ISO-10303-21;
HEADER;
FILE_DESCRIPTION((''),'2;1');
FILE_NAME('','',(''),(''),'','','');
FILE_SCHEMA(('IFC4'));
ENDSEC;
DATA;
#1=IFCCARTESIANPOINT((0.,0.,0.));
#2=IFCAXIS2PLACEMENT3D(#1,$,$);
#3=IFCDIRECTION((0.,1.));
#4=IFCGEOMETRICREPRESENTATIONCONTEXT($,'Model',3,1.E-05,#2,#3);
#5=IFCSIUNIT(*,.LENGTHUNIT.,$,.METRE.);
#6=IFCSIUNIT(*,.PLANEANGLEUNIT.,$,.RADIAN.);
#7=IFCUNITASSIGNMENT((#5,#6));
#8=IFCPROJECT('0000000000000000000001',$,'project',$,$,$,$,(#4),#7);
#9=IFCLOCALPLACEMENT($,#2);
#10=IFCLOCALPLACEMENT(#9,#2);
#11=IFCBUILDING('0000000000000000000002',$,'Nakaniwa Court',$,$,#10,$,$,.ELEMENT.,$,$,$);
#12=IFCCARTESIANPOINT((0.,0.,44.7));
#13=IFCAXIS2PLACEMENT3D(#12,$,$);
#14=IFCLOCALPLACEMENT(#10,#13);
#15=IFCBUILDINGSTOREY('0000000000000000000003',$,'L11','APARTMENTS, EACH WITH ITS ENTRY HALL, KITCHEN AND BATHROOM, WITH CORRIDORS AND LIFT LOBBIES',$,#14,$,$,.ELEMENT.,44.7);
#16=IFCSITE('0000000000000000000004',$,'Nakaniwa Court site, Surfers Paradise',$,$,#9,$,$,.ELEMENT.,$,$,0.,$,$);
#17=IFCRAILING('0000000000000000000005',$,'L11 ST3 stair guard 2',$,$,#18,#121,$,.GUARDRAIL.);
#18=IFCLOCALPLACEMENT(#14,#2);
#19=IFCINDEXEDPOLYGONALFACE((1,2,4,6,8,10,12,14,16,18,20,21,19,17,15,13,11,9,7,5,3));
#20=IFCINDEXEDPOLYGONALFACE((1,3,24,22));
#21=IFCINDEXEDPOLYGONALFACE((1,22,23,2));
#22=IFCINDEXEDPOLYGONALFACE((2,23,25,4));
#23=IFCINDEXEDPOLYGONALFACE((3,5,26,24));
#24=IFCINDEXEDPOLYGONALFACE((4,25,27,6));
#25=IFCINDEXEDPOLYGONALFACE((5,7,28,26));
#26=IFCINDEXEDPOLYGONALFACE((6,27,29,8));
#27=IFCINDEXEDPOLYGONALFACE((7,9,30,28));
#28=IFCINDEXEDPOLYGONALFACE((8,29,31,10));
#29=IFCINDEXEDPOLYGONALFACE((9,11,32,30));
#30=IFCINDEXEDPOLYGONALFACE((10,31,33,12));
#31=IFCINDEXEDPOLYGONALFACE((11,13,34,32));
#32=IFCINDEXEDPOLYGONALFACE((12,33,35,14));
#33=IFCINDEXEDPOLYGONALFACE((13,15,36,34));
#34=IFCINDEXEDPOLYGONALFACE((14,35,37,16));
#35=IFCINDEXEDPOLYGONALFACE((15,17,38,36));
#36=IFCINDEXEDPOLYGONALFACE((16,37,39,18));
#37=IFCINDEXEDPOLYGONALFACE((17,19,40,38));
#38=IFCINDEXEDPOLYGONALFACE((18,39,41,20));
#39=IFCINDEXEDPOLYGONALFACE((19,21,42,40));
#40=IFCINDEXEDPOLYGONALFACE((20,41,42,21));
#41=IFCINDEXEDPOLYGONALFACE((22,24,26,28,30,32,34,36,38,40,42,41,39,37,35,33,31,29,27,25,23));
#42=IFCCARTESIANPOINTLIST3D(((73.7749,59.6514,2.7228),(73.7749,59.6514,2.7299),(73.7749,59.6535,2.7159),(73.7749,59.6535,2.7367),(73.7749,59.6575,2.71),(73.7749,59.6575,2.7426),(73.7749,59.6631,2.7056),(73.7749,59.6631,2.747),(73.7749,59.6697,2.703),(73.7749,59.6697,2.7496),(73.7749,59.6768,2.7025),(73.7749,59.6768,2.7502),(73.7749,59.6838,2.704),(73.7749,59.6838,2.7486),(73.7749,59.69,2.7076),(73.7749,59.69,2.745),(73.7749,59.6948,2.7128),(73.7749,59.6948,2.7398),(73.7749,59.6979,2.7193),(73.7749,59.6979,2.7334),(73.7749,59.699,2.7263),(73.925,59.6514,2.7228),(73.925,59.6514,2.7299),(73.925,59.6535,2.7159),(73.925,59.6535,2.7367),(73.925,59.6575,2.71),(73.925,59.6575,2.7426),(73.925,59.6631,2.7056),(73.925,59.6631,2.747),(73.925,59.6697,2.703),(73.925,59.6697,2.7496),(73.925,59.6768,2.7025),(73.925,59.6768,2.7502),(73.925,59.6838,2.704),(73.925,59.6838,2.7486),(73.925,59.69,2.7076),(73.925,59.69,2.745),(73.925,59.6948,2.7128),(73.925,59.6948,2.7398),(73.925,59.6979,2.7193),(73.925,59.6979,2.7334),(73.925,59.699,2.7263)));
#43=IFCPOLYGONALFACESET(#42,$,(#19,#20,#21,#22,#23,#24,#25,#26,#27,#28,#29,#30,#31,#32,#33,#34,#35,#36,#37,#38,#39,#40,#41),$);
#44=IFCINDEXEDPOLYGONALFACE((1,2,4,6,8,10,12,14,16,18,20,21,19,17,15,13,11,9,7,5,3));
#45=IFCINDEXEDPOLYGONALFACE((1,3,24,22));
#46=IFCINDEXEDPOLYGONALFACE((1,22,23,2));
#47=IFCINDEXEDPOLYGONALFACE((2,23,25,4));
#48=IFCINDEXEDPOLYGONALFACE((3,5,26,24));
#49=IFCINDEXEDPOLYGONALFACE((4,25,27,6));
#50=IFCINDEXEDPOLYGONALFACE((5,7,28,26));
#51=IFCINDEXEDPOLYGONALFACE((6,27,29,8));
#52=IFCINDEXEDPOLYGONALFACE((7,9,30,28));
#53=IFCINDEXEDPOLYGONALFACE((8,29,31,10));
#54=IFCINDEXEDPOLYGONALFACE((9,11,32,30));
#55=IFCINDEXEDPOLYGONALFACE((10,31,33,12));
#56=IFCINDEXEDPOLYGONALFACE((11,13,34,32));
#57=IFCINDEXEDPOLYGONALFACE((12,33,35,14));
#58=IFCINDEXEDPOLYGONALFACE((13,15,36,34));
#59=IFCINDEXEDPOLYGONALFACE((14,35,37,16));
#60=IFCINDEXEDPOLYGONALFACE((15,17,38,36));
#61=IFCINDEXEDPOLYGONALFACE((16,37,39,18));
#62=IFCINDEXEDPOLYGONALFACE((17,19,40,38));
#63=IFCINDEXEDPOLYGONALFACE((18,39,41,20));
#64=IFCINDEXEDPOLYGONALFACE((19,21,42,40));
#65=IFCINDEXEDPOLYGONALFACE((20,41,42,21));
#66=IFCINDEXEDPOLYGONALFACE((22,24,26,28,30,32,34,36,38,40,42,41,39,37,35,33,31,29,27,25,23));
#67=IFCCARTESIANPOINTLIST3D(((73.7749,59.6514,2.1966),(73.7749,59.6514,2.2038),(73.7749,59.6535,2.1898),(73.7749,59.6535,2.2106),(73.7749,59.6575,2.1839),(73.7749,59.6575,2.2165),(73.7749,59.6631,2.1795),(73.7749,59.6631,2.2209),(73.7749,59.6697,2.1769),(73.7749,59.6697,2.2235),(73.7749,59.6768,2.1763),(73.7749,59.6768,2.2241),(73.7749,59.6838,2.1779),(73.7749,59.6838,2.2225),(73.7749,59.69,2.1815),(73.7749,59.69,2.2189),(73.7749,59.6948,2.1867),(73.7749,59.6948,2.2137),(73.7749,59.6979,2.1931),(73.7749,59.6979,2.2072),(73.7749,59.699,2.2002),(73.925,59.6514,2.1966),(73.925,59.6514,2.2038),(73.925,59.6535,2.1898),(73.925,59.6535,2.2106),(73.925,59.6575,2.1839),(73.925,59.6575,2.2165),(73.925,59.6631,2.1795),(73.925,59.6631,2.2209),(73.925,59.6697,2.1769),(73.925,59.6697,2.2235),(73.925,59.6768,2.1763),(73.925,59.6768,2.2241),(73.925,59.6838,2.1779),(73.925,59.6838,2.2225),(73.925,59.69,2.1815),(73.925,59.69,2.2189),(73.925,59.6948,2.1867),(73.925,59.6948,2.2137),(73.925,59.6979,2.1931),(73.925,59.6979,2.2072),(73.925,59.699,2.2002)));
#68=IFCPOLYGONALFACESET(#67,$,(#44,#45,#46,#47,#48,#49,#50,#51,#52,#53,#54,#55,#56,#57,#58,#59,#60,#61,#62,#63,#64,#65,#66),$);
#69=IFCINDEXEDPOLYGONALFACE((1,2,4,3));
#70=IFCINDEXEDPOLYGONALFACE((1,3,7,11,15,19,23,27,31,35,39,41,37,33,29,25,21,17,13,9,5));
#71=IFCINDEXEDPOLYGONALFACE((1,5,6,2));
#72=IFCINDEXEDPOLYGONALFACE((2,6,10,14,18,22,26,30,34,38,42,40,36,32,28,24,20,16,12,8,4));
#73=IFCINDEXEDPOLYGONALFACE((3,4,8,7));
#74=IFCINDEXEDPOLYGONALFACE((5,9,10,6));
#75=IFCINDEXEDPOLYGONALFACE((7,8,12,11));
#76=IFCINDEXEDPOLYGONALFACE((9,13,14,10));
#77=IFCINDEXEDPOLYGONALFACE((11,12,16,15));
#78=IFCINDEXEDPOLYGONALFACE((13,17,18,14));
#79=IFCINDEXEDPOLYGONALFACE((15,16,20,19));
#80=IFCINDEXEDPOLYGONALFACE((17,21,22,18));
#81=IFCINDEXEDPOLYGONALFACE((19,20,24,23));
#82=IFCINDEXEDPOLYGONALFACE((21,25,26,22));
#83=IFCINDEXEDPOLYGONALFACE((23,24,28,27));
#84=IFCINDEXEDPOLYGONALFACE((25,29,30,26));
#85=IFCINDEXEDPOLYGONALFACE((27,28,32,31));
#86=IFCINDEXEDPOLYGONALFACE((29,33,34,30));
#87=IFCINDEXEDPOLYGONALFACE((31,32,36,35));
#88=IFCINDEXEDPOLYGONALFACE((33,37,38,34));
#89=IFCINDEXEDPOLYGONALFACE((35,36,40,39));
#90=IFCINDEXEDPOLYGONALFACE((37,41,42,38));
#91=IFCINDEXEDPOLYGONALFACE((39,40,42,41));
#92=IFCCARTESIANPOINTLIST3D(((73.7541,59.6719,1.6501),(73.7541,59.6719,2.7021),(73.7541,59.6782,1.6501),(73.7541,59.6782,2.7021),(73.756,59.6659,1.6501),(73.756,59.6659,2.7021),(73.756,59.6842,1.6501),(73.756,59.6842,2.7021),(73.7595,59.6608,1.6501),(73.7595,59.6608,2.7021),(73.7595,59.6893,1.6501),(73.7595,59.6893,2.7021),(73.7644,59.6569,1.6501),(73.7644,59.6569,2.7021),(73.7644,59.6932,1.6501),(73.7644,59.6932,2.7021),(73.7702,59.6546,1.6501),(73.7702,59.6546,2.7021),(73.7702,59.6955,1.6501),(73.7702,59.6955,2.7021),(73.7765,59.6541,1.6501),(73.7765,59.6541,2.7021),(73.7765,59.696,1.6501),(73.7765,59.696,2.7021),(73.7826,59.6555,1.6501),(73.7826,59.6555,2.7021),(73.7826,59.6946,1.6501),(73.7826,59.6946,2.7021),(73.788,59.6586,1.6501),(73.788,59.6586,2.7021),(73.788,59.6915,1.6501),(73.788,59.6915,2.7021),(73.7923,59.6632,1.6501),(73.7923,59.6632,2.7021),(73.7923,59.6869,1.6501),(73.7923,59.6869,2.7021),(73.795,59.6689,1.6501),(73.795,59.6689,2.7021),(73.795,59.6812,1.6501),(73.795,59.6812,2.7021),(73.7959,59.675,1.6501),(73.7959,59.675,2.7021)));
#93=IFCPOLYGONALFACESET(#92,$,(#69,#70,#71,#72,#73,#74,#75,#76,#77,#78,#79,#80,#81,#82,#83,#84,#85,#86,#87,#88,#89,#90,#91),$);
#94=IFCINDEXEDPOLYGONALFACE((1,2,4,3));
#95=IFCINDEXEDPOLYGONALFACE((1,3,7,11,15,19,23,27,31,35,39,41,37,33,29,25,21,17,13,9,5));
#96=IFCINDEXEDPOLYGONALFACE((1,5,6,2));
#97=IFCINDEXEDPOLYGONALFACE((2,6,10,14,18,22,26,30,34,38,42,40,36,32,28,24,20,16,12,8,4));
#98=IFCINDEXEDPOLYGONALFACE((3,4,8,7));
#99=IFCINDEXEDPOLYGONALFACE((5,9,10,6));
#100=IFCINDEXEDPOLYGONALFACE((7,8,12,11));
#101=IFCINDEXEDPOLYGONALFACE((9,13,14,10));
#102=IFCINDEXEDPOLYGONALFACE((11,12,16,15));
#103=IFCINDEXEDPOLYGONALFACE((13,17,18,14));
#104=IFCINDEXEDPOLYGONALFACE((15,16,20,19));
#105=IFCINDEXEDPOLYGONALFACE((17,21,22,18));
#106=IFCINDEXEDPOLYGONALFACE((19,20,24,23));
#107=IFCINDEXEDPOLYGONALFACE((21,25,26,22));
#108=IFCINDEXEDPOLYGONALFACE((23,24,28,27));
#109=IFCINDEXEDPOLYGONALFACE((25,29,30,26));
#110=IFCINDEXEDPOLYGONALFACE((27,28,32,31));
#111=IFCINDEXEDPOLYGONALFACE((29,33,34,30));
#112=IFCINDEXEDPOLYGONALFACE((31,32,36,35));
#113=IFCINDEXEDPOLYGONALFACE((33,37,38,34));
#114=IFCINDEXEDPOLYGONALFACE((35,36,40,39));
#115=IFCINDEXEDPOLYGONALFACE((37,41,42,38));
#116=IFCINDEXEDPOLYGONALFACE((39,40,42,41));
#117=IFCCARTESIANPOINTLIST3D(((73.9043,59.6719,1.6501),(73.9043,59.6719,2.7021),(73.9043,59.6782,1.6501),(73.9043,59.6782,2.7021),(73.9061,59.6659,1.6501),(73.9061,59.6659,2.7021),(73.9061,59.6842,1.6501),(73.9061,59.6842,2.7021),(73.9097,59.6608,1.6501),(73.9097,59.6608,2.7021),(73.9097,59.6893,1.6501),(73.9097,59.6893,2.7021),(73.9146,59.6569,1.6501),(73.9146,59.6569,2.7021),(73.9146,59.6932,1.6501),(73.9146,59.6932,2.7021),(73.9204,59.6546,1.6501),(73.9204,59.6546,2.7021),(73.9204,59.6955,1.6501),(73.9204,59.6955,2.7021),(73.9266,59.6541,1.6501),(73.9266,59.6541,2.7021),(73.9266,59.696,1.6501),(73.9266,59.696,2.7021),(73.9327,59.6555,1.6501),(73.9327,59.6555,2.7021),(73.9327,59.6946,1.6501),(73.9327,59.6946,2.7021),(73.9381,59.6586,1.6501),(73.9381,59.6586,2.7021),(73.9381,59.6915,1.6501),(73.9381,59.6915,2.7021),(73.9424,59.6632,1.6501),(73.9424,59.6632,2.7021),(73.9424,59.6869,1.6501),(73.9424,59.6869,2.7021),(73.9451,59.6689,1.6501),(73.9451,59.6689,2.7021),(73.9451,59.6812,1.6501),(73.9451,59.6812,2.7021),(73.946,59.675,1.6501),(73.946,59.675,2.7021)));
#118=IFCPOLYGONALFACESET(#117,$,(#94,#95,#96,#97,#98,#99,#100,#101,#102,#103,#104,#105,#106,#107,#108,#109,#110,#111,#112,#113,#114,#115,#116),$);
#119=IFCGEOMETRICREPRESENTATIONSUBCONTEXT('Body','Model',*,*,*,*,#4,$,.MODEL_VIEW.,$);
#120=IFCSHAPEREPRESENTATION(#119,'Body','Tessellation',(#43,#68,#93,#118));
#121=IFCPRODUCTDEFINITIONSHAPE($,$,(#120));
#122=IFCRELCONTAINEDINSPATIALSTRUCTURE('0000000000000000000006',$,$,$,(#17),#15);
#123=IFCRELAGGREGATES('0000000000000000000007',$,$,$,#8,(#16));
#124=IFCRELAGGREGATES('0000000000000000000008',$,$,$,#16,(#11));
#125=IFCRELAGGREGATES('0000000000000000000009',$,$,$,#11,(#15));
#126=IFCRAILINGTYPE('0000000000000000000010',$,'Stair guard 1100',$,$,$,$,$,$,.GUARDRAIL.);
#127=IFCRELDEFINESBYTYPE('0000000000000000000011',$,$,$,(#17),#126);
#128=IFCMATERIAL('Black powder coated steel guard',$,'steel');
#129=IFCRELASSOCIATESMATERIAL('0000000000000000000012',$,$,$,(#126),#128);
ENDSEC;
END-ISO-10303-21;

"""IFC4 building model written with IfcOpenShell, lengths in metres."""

from ifc_helpers import new_model, si_unit, direction, frame, origin, origin_2d, place, context, subcontext, project, spatial, circle, extrude, material, type_object, element, save


model = new_model("IFC4")

# Units and contexts
model_context = context("Model", 3, precision=1e-05, world=origin(), true_north=direction((0.0, 1.0)))
body_context = subcontext(model_context, "Body", "Model", "MODEL_VIEW")
ifc_project = project(units=[si_unit("LENGTHUNIT", "METRE"), si_unit("PLANEANGLEUNIT", "RADIAN")], contexts=[model_context])

# Site, building, storey
site_placement = place(None, origin())
site = spatial("IfcSite", under=ifc_project, at=site_placement, Name="Nakaniwa Court site, Surfers Paradise", CompositionType="ELEMENT", RefElevation=0.0)
building_placement = place(site_placement, origin())
building = spatial("IfcBuilding", under=site, at=building_placement, Name="Nakaniwa Court", CompositionType="ELEMENT")
storey_placement = place(building_placement, frame((0.0, 0.0, 44.7)))
storey = spatial("IfcBuildingStorey", under=building, at=storey_placement, Name="L11", Description="APARTMENTS, EACH WITH ITS ENTRY HALL, KITCHEN AND BATHROOM, WITH CORRIDORS AND LIFT LOBBIES", CompositionType="ELEMENT", Elevation=44.7)

# Railing
ifc_material_1 = material(Name="Black powder coated steel guard", Category="steel")
railing_type_1 = type_object("IfcRailingType", Name="Stair guard 1100", PredefinedType="GUARDRAIL", material=ifc_material_1)
railing_1_placement = place(storey_placement, frame((73.7749, 59.675, 1.6501)))
element("IfcRailing", 1, at=railing_1_placement, inside=storey, type_object=railing_type_1, Name="L11 ST3 stair guard 2", PredefinedType="GUARDRAIL", context=body_context, shape_type="SweptSolid", body=[
    extrude(circle(Radius=0.0239, at=origin_2d()), frame((0.0, 0.0, 1.0762), z_axis=(1.0, 0.0, 0.0), x_axis=(0.0, 1.0, 0.0)), (0.0, 0.0, 1.0), 0.1501),
    extrude(circle(Radius=0.0239, at=origin_2d()), frame((0.0, 0.0, 0.55), z_axis=(1.0, 0.0, 0.0), x_axis=(0.0, 1.0, 0.0)), (0.0, 0.0, 1.0), 0.1501),
    extrude(circle(Radius=0.021, at=origin_2d()), origin(), (0.0, 0.0, 1.0), 1.052),
    extrude(circle(Radius=0.021, at=origin_2d()), frame((0.1501, 0.0, 0.0)), (0.0, 0.0, 1.0), 1.052),
])

save(model, "model.ifc")
